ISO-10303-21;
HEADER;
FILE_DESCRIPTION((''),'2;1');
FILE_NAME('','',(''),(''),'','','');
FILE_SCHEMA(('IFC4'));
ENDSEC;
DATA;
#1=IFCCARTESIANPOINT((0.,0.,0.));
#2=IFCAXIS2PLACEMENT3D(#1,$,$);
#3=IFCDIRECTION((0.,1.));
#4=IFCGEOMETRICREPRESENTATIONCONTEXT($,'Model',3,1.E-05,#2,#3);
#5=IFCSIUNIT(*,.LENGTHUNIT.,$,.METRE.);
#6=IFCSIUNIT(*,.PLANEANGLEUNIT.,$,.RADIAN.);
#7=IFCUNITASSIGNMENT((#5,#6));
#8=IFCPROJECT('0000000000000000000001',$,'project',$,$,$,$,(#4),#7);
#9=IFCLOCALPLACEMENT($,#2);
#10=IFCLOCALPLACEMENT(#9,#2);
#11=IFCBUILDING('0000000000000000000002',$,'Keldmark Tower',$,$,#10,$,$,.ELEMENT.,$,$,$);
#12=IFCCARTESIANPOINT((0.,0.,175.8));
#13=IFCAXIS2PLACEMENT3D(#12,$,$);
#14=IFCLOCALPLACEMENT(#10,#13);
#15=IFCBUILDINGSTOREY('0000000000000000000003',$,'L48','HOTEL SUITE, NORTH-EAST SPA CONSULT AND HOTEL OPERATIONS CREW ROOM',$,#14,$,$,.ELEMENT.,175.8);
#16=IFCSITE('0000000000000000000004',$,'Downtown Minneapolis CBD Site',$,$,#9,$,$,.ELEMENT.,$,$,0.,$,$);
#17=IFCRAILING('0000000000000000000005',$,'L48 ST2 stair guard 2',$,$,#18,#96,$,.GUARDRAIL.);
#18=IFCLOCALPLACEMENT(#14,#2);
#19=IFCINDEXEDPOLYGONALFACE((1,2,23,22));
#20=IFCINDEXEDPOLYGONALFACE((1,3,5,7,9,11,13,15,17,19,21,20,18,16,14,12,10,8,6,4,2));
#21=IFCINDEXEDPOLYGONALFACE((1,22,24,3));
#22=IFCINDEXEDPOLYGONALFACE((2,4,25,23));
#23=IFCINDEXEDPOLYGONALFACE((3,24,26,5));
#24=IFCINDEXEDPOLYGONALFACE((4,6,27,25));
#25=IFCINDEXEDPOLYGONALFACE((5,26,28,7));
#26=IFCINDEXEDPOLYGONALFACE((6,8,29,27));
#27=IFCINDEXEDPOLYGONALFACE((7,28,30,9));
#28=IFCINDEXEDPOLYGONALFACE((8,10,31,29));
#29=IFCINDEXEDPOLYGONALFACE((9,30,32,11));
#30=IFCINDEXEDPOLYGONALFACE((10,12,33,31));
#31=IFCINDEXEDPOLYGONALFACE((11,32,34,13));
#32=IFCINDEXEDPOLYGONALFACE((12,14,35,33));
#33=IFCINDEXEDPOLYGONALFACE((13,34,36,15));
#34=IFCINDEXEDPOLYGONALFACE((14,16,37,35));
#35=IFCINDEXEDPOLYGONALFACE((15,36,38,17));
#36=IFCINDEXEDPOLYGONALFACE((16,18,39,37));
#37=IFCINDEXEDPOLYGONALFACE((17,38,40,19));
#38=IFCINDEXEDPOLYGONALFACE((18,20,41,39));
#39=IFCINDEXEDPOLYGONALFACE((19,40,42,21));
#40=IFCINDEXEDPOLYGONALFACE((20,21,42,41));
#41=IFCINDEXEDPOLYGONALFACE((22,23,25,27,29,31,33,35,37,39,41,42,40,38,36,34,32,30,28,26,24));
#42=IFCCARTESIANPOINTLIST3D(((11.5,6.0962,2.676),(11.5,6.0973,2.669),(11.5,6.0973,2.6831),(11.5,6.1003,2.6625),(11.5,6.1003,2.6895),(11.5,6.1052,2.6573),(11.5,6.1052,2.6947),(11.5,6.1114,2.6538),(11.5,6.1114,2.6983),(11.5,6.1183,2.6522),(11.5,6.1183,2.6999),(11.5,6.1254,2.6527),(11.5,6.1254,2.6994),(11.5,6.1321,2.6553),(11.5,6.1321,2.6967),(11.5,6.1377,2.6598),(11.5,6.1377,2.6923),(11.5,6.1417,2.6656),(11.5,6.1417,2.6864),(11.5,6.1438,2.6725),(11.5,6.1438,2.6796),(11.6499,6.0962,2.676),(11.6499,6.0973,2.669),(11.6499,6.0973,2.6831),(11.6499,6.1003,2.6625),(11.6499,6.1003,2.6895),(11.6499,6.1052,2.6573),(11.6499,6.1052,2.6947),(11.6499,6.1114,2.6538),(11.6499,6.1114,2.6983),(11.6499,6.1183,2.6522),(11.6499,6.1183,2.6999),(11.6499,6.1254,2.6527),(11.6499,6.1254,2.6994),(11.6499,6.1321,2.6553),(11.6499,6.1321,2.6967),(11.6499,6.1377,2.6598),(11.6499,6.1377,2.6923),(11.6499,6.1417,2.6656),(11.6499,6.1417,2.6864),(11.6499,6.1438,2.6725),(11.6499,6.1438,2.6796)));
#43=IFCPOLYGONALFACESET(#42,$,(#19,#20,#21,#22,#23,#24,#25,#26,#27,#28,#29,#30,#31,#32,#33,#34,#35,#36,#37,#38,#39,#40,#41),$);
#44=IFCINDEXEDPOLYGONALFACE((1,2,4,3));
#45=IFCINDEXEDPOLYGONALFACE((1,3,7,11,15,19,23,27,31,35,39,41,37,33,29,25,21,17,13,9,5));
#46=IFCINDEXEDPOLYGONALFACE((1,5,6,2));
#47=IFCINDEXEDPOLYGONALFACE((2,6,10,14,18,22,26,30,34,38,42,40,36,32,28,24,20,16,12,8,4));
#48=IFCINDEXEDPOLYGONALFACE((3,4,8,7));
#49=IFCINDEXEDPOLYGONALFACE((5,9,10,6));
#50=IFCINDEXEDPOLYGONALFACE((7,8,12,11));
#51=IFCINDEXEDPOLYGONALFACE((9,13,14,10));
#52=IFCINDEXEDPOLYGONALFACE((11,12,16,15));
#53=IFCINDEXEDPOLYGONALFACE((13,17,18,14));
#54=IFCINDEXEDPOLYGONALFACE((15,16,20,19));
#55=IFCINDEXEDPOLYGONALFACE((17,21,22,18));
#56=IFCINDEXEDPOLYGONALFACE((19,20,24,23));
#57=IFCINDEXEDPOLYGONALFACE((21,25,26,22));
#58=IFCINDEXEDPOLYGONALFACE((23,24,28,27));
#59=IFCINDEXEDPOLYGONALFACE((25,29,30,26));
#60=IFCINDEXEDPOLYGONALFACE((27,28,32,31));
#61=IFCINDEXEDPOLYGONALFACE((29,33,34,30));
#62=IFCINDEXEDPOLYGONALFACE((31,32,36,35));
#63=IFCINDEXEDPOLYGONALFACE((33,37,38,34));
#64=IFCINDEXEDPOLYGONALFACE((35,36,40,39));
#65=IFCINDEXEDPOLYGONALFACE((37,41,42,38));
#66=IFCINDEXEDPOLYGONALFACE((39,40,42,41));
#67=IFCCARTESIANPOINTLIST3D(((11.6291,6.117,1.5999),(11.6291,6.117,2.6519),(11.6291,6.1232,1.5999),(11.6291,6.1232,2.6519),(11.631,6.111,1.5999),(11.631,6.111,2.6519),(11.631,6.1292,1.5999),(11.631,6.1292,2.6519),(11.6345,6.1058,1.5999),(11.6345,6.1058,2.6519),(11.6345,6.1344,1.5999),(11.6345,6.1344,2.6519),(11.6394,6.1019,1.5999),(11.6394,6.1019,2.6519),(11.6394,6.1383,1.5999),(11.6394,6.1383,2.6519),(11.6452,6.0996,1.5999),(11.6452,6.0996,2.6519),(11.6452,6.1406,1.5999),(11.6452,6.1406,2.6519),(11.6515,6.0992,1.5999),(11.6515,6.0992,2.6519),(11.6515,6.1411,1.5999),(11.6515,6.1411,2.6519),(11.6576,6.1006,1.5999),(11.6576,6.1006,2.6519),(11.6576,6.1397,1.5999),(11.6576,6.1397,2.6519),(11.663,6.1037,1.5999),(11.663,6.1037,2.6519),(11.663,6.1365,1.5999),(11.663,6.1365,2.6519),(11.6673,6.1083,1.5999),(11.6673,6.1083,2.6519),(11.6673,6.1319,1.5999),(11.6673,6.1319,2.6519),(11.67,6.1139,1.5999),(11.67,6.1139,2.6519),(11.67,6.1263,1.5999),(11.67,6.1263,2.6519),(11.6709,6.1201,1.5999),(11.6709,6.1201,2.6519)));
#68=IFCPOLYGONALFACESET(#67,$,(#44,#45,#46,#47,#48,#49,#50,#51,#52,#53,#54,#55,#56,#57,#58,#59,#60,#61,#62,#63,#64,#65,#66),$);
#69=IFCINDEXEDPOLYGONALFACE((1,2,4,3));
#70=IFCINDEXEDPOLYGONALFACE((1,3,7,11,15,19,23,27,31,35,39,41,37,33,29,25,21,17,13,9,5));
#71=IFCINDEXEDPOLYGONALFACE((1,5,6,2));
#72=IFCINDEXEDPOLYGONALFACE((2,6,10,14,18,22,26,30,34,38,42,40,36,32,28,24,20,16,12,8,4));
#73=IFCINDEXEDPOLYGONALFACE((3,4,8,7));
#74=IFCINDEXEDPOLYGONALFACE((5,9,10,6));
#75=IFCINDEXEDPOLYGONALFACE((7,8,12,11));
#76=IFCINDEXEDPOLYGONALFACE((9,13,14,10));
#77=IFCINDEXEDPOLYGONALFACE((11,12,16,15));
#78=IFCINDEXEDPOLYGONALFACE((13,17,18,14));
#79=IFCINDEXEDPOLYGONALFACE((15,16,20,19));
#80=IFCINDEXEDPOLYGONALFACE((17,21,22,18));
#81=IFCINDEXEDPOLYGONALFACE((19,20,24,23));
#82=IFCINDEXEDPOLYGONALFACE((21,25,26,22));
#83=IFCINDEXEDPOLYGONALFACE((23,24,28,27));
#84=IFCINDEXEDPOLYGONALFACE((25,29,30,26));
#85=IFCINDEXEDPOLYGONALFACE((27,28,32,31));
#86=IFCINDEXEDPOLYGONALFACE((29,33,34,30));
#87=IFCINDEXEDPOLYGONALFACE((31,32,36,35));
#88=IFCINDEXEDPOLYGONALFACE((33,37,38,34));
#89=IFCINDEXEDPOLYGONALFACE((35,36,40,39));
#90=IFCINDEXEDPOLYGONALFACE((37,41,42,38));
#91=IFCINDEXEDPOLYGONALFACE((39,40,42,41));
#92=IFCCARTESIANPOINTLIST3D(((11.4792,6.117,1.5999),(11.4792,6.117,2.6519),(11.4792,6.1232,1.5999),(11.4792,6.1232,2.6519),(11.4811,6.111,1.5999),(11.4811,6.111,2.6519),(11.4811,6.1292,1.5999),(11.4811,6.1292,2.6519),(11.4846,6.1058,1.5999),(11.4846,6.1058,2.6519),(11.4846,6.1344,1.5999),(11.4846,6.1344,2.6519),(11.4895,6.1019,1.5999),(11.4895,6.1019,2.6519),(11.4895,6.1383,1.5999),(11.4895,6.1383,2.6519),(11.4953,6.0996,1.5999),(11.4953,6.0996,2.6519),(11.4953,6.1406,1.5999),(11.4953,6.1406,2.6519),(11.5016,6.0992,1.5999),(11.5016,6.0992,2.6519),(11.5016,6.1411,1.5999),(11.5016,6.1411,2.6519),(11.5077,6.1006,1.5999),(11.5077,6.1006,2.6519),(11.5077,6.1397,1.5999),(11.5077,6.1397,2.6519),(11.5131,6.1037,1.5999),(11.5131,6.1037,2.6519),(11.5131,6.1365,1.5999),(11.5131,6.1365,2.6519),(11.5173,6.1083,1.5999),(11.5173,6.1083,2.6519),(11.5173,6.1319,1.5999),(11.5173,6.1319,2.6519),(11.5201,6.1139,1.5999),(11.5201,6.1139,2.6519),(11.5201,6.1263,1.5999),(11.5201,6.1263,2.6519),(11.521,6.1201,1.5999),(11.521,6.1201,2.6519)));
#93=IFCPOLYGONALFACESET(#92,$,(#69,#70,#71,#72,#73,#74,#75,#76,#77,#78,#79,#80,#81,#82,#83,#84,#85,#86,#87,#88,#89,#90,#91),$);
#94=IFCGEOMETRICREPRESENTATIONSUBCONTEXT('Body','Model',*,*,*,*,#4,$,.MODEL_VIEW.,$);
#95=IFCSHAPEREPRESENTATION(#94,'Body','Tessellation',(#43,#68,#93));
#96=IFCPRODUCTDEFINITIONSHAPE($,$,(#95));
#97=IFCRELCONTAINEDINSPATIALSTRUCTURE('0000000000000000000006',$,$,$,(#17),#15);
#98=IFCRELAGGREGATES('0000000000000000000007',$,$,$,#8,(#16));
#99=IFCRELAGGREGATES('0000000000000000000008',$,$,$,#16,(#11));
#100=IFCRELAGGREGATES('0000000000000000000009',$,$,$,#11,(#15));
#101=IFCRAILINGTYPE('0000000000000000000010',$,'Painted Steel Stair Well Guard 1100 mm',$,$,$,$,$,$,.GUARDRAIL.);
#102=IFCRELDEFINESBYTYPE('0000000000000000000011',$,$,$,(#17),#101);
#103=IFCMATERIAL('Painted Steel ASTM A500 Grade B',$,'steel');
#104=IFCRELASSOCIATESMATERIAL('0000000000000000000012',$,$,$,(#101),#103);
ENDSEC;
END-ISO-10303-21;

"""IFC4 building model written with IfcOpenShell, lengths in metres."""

from ifc_helpers import new_model, si_unit, direction, frame, origin, origin_2d, place, context, subcontext, project, spatial, circle, extrude, material, type_object, element, save


model = new_model("IFC4")

# Units and contexts
model_context = context("Model", 3, precision=1e-05, world=origin(), true_north=direction((0.0, 1.0)))
body_context = subcontext(model_context, "Body", "Model", "MODEL_VIEW")
ifc_project = project(units=[si_unit("LENGTHUNIT", "METRE"), si_unit("PLANEANGLEUNIT", "RADIAN")], contexts=[model_context])

# Site, building, storey
site_placement = place(None, origin())
site = spatial("IfcSite", under=ifc_project, at=site_placement, Name="Downtown Minneapolis CBD Site", CompositionType="ELEMENT", RefElevation=0.0)
building_placement = place(site_placement, origin())
building = spatial("IfcBuilding", under=site, at=building_placement, Name="Keldmark Tower", CompositionType="ELEMENT")
storey_placement = place(building_placement, frame((0.0, 0.0, 175.8)))
storey = spatial("IfcBuildingStorey", under=building, at=storey_placement, Name="L48", Description="HOTEL SUITE, NORTH-EAST SPA CONSULT AND HOTEL OPERATIONS CREW ROOM", CompositionType="ELEMENT", Elevation=175.8)

# Railing
ifc_material_1 = material(Name="Painted Steel ASTM A500 Grade B", Category="steel")
railing_type_1 = type_object("IfcRailingType", Name="Painted Steel Stair Well Guard 1100 mm", PredefinedType="GUARDRAIL", material=ifc_material_1)
railing_1_placement = place(storey_placement, frame((11.6499, 6.1201, 1.5999)))
element("IfcRailing", 1, at=railing_1_placement, inside=storey, type_object=railing_type_1, Name="L48 ST2 stair guard 2", PredefinedType="GUARDRAIL", context=body_context, shape_type="SweptSolid", body=[
    extrude(circle(Radius=0.0239, at=origin_2d()), frame((0.0, 0.0, 1.0762), z_axis=(-1.0, 0.0, 0.0), x_axis=(0.0, -1.0, 0.0)), (0.0, 0.0, 1.0), 0.1499),
    extrude(circle(Radius=0.021, at=origin_2d()), origin(), (0.0, 0.0, 1.0), 1.052),
    extrude(circle(Radius=0.021, at=origin_2d()), frame((-0.1499, 0.0, 0.0)), (0.0, 0.0, 1.0), 1.052),
])

save(model, "model.ifc")
